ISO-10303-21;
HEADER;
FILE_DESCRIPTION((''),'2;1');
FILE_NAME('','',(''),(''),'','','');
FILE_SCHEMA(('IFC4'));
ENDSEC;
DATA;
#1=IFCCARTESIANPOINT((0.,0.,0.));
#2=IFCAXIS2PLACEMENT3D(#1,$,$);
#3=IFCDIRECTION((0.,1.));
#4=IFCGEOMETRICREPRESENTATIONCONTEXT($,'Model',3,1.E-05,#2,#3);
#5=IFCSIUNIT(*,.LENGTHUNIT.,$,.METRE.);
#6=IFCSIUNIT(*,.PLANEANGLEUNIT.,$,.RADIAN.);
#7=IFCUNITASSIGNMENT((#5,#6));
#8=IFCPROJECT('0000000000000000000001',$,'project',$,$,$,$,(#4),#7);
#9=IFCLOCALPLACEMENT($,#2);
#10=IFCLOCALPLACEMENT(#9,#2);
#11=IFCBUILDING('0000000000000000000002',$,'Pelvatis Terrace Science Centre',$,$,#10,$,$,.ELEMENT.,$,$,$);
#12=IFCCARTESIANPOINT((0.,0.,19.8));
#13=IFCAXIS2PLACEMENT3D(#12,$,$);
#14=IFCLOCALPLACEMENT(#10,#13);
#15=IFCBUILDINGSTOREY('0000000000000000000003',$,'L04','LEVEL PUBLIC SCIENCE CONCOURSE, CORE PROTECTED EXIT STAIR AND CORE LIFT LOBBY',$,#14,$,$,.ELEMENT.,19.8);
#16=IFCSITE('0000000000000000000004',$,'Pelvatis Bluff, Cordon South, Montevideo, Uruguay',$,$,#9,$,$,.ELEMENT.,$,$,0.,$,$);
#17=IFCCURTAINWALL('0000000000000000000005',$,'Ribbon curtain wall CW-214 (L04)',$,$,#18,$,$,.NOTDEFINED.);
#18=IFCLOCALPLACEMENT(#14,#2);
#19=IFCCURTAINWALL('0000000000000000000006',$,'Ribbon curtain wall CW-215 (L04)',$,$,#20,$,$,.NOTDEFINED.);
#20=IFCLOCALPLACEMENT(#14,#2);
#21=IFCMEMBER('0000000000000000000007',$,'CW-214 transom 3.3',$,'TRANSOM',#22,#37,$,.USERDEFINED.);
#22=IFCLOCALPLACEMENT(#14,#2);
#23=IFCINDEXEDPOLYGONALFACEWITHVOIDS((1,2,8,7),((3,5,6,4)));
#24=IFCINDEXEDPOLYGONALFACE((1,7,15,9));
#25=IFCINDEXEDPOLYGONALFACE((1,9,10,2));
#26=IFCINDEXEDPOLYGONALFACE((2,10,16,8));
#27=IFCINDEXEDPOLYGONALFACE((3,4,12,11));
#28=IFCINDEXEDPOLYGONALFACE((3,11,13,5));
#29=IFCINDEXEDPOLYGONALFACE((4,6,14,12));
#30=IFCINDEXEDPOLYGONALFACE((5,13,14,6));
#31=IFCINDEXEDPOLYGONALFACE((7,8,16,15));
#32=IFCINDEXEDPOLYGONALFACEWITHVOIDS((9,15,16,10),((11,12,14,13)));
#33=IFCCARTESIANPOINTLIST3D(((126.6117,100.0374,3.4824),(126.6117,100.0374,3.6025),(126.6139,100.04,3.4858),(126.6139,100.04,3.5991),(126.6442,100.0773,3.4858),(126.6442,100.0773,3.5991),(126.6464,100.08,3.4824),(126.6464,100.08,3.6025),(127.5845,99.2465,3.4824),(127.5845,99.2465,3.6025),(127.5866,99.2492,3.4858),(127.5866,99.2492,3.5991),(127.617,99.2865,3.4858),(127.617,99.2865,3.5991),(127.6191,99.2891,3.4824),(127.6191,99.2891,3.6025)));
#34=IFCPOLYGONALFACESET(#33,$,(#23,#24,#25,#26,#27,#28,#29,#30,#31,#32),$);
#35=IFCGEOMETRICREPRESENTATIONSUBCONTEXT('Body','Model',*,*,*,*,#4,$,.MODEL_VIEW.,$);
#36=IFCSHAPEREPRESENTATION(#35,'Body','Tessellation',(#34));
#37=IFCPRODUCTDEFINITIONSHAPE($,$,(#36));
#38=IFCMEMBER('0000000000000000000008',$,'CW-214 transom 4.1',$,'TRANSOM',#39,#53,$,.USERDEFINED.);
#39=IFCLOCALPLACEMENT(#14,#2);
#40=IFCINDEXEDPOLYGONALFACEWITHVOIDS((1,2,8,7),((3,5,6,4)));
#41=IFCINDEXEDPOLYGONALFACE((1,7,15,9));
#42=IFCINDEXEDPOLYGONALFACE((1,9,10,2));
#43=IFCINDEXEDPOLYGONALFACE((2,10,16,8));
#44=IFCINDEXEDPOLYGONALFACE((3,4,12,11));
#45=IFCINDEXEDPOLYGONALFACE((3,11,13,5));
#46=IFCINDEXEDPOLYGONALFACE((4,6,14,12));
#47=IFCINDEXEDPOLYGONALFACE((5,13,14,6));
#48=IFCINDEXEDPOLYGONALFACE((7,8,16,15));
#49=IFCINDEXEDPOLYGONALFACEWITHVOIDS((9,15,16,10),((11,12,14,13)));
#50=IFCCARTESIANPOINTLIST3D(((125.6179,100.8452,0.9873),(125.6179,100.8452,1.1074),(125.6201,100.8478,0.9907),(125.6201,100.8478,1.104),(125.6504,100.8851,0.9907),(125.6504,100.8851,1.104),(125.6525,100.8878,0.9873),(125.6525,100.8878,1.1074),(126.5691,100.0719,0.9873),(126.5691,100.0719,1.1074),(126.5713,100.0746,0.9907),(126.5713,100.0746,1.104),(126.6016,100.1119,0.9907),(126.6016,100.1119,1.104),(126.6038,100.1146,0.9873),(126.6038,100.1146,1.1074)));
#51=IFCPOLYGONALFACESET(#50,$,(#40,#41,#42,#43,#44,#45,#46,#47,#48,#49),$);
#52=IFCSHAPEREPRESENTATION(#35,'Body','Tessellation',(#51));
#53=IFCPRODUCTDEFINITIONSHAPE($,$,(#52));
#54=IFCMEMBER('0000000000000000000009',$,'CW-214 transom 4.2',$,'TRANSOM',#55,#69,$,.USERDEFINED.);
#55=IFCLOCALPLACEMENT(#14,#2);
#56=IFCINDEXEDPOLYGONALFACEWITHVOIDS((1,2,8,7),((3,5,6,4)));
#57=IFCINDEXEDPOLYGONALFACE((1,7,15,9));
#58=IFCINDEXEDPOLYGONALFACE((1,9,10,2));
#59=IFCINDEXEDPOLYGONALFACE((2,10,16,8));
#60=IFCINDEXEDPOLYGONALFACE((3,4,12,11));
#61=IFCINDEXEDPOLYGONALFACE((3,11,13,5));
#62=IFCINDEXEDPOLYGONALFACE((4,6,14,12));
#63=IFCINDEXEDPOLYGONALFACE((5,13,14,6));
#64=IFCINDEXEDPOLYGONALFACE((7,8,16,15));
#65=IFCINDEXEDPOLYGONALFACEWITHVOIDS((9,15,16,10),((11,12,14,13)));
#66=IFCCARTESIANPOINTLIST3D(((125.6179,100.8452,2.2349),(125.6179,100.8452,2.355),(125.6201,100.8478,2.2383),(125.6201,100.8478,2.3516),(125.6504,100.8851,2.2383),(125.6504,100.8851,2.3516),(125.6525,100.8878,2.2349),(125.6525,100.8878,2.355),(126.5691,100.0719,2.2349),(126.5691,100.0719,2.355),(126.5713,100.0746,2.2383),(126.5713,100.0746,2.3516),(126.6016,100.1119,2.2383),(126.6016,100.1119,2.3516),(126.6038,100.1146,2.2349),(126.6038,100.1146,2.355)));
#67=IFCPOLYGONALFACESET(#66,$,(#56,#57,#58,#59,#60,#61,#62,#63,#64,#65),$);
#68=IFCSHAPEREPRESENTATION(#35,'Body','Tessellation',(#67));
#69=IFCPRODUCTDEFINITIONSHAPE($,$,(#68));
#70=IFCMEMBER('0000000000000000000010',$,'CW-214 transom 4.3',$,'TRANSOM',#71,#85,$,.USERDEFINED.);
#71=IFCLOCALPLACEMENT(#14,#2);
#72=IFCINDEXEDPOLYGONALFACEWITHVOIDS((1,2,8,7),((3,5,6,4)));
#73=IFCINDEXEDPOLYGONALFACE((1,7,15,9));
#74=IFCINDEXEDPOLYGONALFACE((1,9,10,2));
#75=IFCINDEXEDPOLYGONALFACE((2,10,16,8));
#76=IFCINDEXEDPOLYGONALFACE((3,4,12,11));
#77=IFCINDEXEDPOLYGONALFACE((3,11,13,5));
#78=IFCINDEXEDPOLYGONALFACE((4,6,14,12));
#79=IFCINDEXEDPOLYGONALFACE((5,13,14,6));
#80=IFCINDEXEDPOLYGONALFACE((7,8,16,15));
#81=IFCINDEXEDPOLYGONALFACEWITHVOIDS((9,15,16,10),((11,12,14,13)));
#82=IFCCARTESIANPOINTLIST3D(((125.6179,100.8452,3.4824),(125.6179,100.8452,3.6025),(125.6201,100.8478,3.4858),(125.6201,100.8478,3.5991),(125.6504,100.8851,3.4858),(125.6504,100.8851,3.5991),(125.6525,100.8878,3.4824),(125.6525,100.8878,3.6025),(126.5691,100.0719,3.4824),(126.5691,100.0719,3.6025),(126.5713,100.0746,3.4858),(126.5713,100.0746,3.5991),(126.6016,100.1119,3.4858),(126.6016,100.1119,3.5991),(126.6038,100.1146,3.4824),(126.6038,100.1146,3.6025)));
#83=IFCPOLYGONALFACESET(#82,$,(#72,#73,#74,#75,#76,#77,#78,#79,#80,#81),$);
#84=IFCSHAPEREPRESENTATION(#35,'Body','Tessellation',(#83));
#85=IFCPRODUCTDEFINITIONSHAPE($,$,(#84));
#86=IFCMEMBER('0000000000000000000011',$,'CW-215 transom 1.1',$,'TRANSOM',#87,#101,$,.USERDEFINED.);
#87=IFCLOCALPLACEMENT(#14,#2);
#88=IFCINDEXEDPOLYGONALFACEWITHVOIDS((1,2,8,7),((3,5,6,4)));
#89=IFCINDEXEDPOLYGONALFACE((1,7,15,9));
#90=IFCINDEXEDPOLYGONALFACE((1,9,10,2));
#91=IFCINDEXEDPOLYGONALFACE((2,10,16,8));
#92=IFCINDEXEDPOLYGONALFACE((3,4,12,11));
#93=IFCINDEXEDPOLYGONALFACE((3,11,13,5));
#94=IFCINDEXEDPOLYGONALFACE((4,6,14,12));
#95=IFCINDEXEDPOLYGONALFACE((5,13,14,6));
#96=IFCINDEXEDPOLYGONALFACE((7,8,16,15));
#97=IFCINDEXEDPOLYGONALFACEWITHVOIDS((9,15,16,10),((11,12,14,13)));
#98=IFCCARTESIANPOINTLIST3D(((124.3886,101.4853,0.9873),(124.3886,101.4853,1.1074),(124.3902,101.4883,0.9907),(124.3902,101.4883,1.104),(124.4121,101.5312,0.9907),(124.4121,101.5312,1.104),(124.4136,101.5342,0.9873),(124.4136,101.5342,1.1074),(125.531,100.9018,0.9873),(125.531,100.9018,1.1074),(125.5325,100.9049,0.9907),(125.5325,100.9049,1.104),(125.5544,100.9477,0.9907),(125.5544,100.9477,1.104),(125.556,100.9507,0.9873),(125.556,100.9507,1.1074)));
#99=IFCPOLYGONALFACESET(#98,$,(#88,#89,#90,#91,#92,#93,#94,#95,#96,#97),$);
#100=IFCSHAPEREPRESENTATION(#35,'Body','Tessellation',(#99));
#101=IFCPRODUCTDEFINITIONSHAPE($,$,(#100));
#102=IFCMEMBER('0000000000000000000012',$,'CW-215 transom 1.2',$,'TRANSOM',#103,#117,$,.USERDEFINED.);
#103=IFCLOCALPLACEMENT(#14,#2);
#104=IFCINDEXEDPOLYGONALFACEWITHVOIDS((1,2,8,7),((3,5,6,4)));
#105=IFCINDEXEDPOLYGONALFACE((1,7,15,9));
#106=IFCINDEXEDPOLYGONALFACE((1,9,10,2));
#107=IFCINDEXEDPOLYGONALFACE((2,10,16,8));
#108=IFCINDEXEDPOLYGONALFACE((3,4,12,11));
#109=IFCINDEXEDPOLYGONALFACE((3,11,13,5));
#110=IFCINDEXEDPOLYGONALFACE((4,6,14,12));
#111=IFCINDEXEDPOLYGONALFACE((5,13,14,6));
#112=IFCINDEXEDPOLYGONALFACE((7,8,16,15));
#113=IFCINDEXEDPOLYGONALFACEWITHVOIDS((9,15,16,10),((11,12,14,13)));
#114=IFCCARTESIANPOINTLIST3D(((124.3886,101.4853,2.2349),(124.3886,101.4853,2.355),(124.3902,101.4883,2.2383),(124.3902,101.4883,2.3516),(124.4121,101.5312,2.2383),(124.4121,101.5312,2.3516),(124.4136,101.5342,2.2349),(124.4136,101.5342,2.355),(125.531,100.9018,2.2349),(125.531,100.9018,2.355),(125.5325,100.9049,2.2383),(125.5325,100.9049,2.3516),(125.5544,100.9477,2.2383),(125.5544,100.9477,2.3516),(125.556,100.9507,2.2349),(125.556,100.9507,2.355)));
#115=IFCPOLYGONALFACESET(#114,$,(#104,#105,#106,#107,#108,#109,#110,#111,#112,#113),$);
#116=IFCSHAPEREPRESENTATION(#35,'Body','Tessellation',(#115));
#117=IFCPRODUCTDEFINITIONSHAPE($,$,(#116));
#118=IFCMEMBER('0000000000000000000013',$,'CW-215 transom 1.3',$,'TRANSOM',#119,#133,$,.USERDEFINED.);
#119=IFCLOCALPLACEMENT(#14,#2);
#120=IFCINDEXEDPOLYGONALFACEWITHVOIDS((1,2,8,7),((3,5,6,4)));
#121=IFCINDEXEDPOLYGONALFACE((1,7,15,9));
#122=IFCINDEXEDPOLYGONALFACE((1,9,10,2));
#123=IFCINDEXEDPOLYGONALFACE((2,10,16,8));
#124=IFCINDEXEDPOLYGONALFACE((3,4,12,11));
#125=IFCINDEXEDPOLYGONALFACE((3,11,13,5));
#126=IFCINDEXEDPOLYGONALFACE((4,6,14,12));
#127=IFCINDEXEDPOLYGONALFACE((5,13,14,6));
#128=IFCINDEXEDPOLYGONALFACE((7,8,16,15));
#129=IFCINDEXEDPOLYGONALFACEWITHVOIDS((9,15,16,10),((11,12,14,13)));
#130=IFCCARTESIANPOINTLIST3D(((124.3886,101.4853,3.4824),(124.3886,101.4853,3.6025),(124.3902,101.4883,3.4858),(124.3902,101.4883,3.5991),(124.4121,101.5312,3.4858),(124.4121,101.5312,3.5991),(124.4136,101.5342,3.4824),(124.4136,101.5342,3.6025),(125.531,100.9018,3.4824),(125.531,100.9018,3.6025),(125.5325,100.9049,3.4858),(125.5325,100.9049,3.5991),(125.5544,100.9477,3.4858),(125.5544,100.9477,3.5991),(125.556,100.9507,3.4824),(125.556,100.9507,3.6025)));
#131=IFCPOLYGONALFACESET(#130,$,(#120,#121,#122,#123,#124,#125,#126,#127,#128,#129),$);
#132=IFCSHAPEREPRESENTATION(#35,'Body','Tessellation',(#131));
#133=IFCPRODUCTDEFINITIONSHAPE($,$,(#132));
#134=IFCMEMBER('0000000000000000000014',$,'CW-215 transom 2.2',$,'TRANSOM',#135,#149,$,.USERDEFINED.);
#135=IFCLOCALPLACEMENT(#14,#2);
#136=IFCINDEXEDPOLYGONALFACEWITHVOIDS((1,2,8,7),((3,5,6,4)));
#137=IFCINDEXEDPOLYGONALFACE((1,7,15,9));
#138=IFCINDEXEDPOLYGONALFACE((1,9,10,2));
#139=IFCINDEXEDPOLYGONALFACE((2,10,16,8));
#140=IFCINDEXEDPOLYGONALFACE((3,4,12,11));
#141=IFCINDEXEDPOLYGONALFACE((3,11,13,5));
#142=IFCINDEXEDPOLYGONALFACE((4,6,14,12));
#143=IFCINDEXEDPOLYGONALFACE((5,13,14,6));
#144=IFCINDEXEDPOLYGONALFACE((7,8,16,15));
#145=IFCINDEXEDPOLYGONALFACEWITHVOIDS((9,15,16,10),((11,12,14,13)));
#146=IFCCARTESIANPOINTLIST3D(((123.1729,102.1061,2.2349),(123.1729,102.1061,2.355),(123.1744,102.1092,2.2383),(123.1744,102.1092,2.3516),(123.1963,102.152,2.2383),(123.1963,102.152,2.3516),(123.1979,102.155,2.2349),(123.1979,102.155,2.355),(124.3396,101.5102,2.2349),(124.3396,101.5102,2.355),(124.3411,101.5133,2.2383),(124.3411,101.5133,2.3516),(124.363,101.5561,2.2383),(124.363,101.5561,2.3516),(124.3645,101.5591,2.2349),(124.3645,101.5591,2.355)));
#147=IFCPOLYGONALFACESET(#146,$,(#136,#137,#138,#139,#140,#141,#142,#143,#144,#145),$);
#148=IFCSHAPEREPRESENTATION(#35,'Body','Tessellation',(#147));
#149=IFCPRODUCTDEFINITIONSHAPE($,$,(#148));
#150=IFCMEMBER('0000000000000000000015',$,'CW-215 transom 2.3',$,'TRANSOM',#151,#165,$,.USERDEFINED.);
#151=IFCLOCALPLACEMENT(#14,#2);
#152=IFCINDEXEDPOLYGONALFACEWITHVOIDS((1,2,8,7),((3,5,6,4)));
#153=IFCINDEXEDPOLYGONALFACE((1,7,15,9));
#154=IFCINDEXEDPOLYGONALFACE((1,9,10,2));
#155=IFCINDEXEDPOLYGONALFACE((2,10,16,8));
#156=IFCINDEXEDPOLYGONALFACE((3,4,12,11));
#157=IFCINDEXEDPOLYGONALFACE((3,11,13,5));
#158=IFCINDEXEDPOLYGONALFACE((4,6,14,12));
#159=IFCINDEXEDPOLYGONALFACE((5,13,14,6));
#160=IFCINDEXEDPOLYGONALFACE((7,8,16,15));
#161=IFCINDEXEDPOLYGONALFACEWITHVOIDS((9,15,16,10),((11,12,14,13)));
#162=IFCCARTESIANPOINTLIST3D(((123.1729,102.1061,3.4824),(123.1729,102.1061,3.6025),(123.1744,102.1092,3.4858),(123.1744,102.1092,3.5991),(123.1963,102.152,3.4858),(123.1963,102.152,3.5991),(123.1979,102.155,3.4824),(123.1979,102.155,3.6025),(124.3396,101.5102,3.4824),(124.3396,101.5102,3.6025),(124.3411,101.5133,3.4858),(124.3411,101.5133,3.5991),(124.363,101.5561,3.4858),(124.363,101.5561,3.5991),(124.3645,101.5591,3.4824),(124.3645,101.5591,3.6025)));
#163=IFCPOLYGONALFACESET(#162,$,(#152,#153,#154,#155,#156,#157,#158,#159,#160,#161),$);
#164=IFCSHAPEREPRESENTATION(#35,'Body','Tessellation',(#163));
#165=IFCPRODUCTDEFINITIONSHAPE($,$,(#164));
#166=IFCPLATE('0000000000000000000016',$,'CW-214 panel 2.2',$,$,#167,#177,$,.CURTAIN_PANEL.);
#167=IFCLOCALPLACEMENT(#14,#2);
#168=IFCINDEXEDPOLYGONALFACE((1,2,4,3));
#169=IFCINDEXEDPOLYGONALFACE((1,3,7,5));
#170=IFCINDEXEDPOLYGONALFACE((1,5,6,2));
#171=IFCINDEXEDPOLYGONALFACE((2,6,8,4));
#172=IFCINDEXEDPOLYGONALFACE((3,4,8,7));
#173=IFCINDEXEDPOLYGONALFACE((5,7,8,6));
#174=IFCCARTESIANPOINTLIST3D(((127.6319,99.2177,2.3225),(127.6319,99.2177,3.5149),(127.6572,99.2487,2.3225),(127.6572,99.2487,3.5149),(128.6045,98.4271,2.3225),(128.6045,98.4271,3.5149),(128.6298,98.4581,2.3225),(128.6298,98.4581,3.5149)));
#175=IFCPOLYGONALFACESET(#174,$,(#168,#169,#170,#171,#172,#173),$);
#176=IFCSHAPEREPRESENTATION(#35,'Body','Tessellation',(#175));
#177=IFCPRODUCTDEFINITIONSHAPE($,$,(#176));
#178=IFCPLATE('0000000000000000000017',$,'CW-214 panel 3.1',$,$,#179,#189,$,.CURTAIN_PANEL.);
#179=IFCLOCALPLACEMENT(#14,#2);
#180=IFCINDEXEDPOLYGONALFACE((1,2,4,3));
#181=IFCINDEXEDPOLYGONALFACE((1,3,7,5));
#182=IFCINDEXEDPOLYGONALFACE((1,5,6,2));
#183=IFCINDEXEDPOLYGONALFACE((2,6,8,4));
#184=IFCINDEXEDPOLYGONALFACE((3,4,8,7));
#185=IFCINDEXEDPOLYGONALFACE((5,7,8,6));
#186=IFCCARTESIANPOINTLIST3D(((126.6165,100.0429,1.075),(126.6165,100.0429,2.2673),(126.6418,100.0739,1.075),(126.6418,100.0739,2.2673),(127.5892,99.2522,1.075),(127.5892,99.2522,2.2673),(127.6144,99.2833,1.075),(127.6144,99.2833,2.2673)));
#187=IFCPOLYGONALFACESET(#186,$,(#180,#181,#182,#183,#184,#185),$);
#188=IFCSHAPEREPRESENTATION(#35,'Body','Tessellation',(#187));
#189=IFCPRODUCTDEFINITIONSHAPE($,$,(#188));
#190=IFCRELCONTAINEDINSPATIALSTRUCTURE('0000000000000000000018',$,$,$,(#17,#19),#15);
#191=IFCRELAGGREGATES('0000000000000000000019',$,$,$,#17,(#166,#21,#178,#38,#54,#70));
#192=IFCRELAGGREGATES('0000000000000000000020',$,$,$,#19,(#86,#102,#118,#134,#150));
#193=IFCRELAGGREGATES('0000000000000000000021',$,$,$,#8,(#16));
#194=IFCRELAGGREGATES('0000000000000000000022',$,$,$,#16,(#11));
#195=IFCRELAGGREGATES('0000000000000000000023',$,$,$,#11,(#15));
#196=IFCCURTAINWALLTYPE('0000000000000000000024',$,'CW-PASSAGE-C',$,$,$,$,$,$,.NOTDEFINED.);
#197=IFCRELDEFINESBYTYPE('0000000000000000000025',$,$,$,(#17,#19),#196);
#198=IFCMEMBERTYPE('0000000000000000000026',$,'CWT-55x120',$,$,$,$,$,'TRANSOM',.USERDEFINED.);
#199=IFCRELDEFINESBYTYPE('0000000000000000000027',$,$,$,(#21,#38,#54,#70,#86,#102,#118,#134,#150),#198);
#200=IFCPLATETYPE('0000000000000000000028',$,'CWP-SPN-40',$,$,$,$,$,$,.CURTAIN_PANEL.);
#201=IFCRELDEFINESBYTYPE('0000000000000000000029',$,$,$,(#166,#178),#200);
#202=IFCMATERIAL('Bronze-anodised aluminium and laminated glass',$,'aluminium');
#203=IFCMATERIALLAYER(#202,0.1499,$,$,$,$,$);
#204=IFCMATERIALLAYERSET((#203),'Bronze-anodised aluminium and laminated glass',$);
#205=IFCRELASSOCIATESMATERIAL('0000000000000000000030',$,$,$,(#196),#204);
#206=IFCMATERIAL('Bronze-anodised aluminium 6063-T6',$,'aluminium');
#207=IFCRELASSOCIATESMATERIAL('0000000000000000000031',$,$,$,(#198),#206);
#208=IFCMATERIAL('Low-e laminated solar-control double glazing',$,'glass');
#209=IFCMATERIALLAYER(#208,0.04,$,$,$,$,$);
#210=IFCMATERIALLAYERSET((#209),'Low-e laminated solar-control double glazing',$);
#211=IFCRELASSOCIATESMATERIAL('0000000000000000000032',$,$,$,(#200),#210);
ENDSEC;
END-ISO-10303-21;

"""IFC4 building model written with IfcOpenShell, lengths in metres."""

from ifc_helpers import new_model, si_unit, direction, frame, origin, origin_2d, place, context, subcontext, project, spatial, rectangle, hollow_rectangle, extrude, material, layer, layer_set, material_profile, profile_set, type_object, element, aggregate, save


model = new_model("IFC4")

# Units and contexts
model_context = context("Model", 3, precision=1e-05, world=origin(), true_north=direction((0.0, 1.0)))
body_context = subcontext(model_context, "Body", "Model", "MODEL_VIEW")
ifc_project = project(units=[si_unit("LENGTHUNIT", "METRE"), si_unit("PLANEANGLEUNIT", "RADIAN")], contexts=[model_context])

# Site, building, storey
site_placement = place(None, origin())
site = spatial("IfcSite", under=ifc_project, at=site_placement, Name="Pelvatis Bluff, Cordon South, Montevideo, Uruguay", CompositionType="ELEMENT", RefElevation=0.0)
building_placement = place(site_placement, origin())
building = spatial("IfcBuilding", under=site, at=building_placement, Name="Pelvatis Terrace Science Centre", CompositionType="ELEMENT")
storey_placement = place(building_placement, frame((0.0, 0.0, 19.8)))
storey = spatial("IfcBuildingStorey", under=building, at=storey_placement, Name="L04", Description="LEVEL PUBLIC SCIENCE CONCOURSE, CORE PROTECTED EXIT STAIR AND CORE LIFT LOBBY", CompositionType="ELEMENT", Elevation=19.8)

# Curtain walls
ifc_material_1 = material(Name="Bronze-anodised aluminium and laminated glass", Category="aluminium")
ifc_layer_1 = layer(ifc_material_1, 0.1499)
ifc_layer_set_1 = layer_set([ifc_layer_1], Name="Bronze-anodised aluminium and laminated glass")
curtain_wall_type = type_object("IfcCurtainWallType", Name="CW-PASSAGE-C", PredefinedType="NOTDEFINED", material=ifc_layer_set_1)
curtain_wall_1_placement = place(storey_placement, origin())
curtain_wall_1 = element("IfcCurtainWall", 1, at=curtain_wall_1_placement, inside=storey, type_object=curtain_wall_type, Name="Ribbon curtain wall CW-214 (L04)", PredefinedType="NOTDEFINED")
curtain_wall_2_placement = place(storey_placement, origin())
curtain_wall_2 = element("IfcCurtainWall", 2, at=curtain_wall_2_placement, inside=storey, type_object=curtain_wall_type, Name="Ribbon curtain wall CW-215 (L04)", PredefinedType="NOTDEFINED")

# Members
ifc_material_2 = material(Name="Bronze-anodised aluminium 6063-T6", Category="aluminium")
ifc_material_profile_1 = material_profile(ifc_material_2, hollow_rectangle(XDim=0.0549, YDim=0.1201, WallThickness=0.0034, at=origin_2d()), Name="ALU-TRN 55x120")
ifc_profile_set_1 = profile_set([ifc_material_profile_1], Name="Bronze-anodised aluminium 6063-T6")
member_type_1 = type_object("IfcMemberType", Name="CWT-55x120", ElementType="TRANSOM", PredefinedType="USERDEFINED", material=ifc_profile_set_1)
member_1_placement = place(storey_placement, frame((127.6018, 99.2678, 3.5425), z_axis=(-0.775923, 0.630827, 0.0), x_axis=(-0.630827, -0.775923, 0.0)))
member_1 = element("IfcMember", 3, at=member_1_placement, type_object=member_type_1, Name="CW-214 transom 3.3", ObjectType="TRANSOM", PredefinedType="USERDEFINED", context=body_context, shape_type="SweptSolid", body=[
    extrude(hollow_rectangle(XDim=0.0549, YDim=0.1201, WallThickness=0.0034, at=origin_2d()), origin(), (0.0, 0.0, 1.0), 1.2537),
])
member_2_placement = place(storey_placement, frame((126.5864, 100.0933, 1.0474), z_axis=(-0.775968, 0.630773, 0.0), x_axis=(-0.630773, -0.775968, 0.0)))
member_2 = element("IfcMember", 4, at=member_2_placement, type_object=member_type_1, Name="CW-214 transom 4.1", ObjectType="TRANSOM", PredefinedType="USERDEFINED", context=body_context, shape_type="SweptSolid", body=[
    extrude(hollow_rectangle(XDim=0.0549, YDim=0.1201, WallThickness=0.0034, at=origin_2d()), origin(), (0.0, 0.0, 1.0), 1.2258),
])
member_3_placement = place(storey_placement, frame((126.5864, 100.0933, 2.2949), z_axis=(-0.775968, 0.630773, 0.0), x_axis=(-0.630773, -0.775968, 0.0)))
member_3 = element("IfcMember", 5, at=member_3_placement, type_object=member_type_1, Name="CW-214 transom 4.2", ObjectType="TRANSOM", PredefinedType="USERDEFINED", context=body_context, shape_type="SweptSolid", body=[
    extrude(hollow_rectangle(XDim=0.0549, YDim=0.1201, WallThickness=0.0034, at=origin_2d()), origin(), (0.0, 0.0, 1.0), 1.2258),
])
member_4_placement = place(storey_placement, frame((126.5864, 100.0933, 3.5425), z_axis=(-0.775968, 0.630773, 0.0), x_axis=(-0.630773, -0.775968, 0.0)))
member_4 = element("IfcMember", 6, at=member_4_placement, type_object=member_type_1, Name="CW-214 transom 4.3", ObjectType="TRANSOM", PredefinedType="USERDEFINED", context=body_context, shape_type="SweptSolid", body=[
    extrude(hollow_rectangle(XDim=0.0549, YDim=0.1201, WallThickness=0.0034, at=origin_2d()), origin(), (0.0, 0.0, 1.0), 1.2258),
])
member_5_placement = place(storey_placement, frame((125.5435, 100.9263, 1.0474), z_axis=(-0.890549, 0.454886, 0.0), x_axis=(-0.454886, -0.890549, 0.0)))
member_5 = element("IfcMember", 7, at=member_5_placement, type_object=member_type_1, Name="CW-215 transom 1.1", ObjectType="TRANSOM", PredefinedType="USERDEFINED", context=body_context, shape_type="SweptSolid", body=[
    extrude(hollow_rectangle(XDim=0.0549, YDim=0.1201, WallThickness=0.0034, at=origin_2d()), origin(), (0.0, 0.0, 1.0), 1.2827),
])
member_6_placement = place(storey_placement, frame((125.5435, 100.9263, 2.2949), z_axis=(-0.890549, 0.454886, 0.0), x_axis=(-0.454886, -0.890549, 0.0)))
member_6 = element("IfcMember", 8, at=member_6_placement, type_object=member_type_1, Name="CW-215 transom 1.2", ObjectType="TRANSOM", PredefinedType="USERDEFINED", context=body_context, shape_type="SweptSolid", body=[
    extrude(hollow_rectangle(XDim=0.0549, YDim=0.1201, WallThickness=0.0034, at=origin_2d()), origin(), (0.0, 0.0, 1.0), 1.2827),
])
member_7_placement = place(storey_placement, frame((125.5435, 100.9263, 3.5425), z_axis=(-0.890549, 0.454886, 0.0), x_axis=(-0.454886, -0.890549, 0.0)))
member_7 = element("IfcMember", 9, at=member_7_placement, type_object=member_type_1, Name="CW-215 transom 1.3", ObjectType="TRANSOM", PredefinedType="USERDEFINED", context=body_context, shape_type="SweptSolid", body=[
    extrude(hollow_rectangle(XDim=0.0549, YDim=0.1201, WallThickness=0.0034, at=origin_2d()), origin(), (0.0, 0.0, 1.0), 1.2827),
])
member_8_placement = place(storey_placement, frame((124.3521, 101.5347, 2.2949), z_axis=(-0.890555, 0.454875, 0.0), x_axis=(-0.454875, -0.890555, 0.0)))
member_8 = element("IfcMember", 10, at=member_8_placement, type_object=member_type_1, Name="CW-215 transom 2.2", ObjectType="TRANSOM", PredefinedType="USERDEFINED", context=body_context, shape_type="SweptSolid", body=[
    extrude(hollow_rectangle(XDim=0.0549, YDim=0.1201, WallThickness=0.0034, at=origin_2d()), origin(), (0.0, 0.0, 1.0), 1.3101),
])
member_9_placement = place(storey_placement, frame((124.3521, 101.5347, 3.5425), z_axis=(-0.890555, 0.454875, 0.0), x_axis=(-0.454875, -0.890555, 0.0)))
member_9 = element("IfcMember", 11, at=member_9_placement, type_object=member_type_1, Name="CW-215 transom 2.3", ObjectType="TRANSOM", PredefinedType="USERDEFINED", context=body_context, shape_type="SweptSolid", body=[
    extrude(hollow_rectangle(XDim=0.0549, YDim=0.1201, WallThickness=0.0034, at=origin_2d()), origin(), (0.0, 0.0, 1.0), 1.3101),
])

# Plates
ifc_material_3 = material(Name="Low-e laminated solar-control double glazing", Category="glass")
ifc_layer_2 = layer(ifc_material_3, 0.04)
ifc_layer_set_2 = layer_set([ifc_layer_2], Name="Low-e laminated solar-control double glazing")
plate_type = type_object("IfcPlateType", Name="CWP-SPN-40", PredefinedType="CURTAIN_PANEL", material=ifc_layer_set_2)
plate_1_placement = place(storey_placement, frame((128.1309, 98.8379, 2.3225), z_axis=(0.0, 0.0, 1.0), x_axis=(-0.77598, 0.630757, 0.0)))
plate_1 = element("IfcPlate", 12, at=plate_1_placement, type_object=plate_type, Name="CW-214 panel 2.2", PredefinedType="CURTAIN_PANEL", context=body_context, shape_type="SweptSolid", body=[
    extrude(rectangle(XDim=1.2534, YDim=0.04, at=origin_2d()), origin(), (0.0, 0.0, 1.0), 1.1924),
])
plate_2_placement = place(storey_placement, frame((127.1155, 99.6631, 1.075), z_axis=(0.0, 0.0, 1.0), x_axis=(-0.77598, 0.630757, 0.0)))
plate_2 = element("IfcPlate", 13, at=plate_2_placement, type_object=plate_type, Name="CW-214 panel 3.1", PredefinedType="CURTAIN_PANEL", context=body_context, shape_type="SweptSolid", body=[
    extrude(rectangle(XDim=1.2534, YDim=0.04, at=origin_2d()), origin(), (0.0, 0.0, 1.0), 1.1924),
])
aggregate(curtain_wall_1, [plate_1, member_1, plate_2, member_2, member_3, member_4])
aggregate(curtain_wall_2, [member_5, member_6, member_7, member_8, member_9])

save(model, "model.ifc")
